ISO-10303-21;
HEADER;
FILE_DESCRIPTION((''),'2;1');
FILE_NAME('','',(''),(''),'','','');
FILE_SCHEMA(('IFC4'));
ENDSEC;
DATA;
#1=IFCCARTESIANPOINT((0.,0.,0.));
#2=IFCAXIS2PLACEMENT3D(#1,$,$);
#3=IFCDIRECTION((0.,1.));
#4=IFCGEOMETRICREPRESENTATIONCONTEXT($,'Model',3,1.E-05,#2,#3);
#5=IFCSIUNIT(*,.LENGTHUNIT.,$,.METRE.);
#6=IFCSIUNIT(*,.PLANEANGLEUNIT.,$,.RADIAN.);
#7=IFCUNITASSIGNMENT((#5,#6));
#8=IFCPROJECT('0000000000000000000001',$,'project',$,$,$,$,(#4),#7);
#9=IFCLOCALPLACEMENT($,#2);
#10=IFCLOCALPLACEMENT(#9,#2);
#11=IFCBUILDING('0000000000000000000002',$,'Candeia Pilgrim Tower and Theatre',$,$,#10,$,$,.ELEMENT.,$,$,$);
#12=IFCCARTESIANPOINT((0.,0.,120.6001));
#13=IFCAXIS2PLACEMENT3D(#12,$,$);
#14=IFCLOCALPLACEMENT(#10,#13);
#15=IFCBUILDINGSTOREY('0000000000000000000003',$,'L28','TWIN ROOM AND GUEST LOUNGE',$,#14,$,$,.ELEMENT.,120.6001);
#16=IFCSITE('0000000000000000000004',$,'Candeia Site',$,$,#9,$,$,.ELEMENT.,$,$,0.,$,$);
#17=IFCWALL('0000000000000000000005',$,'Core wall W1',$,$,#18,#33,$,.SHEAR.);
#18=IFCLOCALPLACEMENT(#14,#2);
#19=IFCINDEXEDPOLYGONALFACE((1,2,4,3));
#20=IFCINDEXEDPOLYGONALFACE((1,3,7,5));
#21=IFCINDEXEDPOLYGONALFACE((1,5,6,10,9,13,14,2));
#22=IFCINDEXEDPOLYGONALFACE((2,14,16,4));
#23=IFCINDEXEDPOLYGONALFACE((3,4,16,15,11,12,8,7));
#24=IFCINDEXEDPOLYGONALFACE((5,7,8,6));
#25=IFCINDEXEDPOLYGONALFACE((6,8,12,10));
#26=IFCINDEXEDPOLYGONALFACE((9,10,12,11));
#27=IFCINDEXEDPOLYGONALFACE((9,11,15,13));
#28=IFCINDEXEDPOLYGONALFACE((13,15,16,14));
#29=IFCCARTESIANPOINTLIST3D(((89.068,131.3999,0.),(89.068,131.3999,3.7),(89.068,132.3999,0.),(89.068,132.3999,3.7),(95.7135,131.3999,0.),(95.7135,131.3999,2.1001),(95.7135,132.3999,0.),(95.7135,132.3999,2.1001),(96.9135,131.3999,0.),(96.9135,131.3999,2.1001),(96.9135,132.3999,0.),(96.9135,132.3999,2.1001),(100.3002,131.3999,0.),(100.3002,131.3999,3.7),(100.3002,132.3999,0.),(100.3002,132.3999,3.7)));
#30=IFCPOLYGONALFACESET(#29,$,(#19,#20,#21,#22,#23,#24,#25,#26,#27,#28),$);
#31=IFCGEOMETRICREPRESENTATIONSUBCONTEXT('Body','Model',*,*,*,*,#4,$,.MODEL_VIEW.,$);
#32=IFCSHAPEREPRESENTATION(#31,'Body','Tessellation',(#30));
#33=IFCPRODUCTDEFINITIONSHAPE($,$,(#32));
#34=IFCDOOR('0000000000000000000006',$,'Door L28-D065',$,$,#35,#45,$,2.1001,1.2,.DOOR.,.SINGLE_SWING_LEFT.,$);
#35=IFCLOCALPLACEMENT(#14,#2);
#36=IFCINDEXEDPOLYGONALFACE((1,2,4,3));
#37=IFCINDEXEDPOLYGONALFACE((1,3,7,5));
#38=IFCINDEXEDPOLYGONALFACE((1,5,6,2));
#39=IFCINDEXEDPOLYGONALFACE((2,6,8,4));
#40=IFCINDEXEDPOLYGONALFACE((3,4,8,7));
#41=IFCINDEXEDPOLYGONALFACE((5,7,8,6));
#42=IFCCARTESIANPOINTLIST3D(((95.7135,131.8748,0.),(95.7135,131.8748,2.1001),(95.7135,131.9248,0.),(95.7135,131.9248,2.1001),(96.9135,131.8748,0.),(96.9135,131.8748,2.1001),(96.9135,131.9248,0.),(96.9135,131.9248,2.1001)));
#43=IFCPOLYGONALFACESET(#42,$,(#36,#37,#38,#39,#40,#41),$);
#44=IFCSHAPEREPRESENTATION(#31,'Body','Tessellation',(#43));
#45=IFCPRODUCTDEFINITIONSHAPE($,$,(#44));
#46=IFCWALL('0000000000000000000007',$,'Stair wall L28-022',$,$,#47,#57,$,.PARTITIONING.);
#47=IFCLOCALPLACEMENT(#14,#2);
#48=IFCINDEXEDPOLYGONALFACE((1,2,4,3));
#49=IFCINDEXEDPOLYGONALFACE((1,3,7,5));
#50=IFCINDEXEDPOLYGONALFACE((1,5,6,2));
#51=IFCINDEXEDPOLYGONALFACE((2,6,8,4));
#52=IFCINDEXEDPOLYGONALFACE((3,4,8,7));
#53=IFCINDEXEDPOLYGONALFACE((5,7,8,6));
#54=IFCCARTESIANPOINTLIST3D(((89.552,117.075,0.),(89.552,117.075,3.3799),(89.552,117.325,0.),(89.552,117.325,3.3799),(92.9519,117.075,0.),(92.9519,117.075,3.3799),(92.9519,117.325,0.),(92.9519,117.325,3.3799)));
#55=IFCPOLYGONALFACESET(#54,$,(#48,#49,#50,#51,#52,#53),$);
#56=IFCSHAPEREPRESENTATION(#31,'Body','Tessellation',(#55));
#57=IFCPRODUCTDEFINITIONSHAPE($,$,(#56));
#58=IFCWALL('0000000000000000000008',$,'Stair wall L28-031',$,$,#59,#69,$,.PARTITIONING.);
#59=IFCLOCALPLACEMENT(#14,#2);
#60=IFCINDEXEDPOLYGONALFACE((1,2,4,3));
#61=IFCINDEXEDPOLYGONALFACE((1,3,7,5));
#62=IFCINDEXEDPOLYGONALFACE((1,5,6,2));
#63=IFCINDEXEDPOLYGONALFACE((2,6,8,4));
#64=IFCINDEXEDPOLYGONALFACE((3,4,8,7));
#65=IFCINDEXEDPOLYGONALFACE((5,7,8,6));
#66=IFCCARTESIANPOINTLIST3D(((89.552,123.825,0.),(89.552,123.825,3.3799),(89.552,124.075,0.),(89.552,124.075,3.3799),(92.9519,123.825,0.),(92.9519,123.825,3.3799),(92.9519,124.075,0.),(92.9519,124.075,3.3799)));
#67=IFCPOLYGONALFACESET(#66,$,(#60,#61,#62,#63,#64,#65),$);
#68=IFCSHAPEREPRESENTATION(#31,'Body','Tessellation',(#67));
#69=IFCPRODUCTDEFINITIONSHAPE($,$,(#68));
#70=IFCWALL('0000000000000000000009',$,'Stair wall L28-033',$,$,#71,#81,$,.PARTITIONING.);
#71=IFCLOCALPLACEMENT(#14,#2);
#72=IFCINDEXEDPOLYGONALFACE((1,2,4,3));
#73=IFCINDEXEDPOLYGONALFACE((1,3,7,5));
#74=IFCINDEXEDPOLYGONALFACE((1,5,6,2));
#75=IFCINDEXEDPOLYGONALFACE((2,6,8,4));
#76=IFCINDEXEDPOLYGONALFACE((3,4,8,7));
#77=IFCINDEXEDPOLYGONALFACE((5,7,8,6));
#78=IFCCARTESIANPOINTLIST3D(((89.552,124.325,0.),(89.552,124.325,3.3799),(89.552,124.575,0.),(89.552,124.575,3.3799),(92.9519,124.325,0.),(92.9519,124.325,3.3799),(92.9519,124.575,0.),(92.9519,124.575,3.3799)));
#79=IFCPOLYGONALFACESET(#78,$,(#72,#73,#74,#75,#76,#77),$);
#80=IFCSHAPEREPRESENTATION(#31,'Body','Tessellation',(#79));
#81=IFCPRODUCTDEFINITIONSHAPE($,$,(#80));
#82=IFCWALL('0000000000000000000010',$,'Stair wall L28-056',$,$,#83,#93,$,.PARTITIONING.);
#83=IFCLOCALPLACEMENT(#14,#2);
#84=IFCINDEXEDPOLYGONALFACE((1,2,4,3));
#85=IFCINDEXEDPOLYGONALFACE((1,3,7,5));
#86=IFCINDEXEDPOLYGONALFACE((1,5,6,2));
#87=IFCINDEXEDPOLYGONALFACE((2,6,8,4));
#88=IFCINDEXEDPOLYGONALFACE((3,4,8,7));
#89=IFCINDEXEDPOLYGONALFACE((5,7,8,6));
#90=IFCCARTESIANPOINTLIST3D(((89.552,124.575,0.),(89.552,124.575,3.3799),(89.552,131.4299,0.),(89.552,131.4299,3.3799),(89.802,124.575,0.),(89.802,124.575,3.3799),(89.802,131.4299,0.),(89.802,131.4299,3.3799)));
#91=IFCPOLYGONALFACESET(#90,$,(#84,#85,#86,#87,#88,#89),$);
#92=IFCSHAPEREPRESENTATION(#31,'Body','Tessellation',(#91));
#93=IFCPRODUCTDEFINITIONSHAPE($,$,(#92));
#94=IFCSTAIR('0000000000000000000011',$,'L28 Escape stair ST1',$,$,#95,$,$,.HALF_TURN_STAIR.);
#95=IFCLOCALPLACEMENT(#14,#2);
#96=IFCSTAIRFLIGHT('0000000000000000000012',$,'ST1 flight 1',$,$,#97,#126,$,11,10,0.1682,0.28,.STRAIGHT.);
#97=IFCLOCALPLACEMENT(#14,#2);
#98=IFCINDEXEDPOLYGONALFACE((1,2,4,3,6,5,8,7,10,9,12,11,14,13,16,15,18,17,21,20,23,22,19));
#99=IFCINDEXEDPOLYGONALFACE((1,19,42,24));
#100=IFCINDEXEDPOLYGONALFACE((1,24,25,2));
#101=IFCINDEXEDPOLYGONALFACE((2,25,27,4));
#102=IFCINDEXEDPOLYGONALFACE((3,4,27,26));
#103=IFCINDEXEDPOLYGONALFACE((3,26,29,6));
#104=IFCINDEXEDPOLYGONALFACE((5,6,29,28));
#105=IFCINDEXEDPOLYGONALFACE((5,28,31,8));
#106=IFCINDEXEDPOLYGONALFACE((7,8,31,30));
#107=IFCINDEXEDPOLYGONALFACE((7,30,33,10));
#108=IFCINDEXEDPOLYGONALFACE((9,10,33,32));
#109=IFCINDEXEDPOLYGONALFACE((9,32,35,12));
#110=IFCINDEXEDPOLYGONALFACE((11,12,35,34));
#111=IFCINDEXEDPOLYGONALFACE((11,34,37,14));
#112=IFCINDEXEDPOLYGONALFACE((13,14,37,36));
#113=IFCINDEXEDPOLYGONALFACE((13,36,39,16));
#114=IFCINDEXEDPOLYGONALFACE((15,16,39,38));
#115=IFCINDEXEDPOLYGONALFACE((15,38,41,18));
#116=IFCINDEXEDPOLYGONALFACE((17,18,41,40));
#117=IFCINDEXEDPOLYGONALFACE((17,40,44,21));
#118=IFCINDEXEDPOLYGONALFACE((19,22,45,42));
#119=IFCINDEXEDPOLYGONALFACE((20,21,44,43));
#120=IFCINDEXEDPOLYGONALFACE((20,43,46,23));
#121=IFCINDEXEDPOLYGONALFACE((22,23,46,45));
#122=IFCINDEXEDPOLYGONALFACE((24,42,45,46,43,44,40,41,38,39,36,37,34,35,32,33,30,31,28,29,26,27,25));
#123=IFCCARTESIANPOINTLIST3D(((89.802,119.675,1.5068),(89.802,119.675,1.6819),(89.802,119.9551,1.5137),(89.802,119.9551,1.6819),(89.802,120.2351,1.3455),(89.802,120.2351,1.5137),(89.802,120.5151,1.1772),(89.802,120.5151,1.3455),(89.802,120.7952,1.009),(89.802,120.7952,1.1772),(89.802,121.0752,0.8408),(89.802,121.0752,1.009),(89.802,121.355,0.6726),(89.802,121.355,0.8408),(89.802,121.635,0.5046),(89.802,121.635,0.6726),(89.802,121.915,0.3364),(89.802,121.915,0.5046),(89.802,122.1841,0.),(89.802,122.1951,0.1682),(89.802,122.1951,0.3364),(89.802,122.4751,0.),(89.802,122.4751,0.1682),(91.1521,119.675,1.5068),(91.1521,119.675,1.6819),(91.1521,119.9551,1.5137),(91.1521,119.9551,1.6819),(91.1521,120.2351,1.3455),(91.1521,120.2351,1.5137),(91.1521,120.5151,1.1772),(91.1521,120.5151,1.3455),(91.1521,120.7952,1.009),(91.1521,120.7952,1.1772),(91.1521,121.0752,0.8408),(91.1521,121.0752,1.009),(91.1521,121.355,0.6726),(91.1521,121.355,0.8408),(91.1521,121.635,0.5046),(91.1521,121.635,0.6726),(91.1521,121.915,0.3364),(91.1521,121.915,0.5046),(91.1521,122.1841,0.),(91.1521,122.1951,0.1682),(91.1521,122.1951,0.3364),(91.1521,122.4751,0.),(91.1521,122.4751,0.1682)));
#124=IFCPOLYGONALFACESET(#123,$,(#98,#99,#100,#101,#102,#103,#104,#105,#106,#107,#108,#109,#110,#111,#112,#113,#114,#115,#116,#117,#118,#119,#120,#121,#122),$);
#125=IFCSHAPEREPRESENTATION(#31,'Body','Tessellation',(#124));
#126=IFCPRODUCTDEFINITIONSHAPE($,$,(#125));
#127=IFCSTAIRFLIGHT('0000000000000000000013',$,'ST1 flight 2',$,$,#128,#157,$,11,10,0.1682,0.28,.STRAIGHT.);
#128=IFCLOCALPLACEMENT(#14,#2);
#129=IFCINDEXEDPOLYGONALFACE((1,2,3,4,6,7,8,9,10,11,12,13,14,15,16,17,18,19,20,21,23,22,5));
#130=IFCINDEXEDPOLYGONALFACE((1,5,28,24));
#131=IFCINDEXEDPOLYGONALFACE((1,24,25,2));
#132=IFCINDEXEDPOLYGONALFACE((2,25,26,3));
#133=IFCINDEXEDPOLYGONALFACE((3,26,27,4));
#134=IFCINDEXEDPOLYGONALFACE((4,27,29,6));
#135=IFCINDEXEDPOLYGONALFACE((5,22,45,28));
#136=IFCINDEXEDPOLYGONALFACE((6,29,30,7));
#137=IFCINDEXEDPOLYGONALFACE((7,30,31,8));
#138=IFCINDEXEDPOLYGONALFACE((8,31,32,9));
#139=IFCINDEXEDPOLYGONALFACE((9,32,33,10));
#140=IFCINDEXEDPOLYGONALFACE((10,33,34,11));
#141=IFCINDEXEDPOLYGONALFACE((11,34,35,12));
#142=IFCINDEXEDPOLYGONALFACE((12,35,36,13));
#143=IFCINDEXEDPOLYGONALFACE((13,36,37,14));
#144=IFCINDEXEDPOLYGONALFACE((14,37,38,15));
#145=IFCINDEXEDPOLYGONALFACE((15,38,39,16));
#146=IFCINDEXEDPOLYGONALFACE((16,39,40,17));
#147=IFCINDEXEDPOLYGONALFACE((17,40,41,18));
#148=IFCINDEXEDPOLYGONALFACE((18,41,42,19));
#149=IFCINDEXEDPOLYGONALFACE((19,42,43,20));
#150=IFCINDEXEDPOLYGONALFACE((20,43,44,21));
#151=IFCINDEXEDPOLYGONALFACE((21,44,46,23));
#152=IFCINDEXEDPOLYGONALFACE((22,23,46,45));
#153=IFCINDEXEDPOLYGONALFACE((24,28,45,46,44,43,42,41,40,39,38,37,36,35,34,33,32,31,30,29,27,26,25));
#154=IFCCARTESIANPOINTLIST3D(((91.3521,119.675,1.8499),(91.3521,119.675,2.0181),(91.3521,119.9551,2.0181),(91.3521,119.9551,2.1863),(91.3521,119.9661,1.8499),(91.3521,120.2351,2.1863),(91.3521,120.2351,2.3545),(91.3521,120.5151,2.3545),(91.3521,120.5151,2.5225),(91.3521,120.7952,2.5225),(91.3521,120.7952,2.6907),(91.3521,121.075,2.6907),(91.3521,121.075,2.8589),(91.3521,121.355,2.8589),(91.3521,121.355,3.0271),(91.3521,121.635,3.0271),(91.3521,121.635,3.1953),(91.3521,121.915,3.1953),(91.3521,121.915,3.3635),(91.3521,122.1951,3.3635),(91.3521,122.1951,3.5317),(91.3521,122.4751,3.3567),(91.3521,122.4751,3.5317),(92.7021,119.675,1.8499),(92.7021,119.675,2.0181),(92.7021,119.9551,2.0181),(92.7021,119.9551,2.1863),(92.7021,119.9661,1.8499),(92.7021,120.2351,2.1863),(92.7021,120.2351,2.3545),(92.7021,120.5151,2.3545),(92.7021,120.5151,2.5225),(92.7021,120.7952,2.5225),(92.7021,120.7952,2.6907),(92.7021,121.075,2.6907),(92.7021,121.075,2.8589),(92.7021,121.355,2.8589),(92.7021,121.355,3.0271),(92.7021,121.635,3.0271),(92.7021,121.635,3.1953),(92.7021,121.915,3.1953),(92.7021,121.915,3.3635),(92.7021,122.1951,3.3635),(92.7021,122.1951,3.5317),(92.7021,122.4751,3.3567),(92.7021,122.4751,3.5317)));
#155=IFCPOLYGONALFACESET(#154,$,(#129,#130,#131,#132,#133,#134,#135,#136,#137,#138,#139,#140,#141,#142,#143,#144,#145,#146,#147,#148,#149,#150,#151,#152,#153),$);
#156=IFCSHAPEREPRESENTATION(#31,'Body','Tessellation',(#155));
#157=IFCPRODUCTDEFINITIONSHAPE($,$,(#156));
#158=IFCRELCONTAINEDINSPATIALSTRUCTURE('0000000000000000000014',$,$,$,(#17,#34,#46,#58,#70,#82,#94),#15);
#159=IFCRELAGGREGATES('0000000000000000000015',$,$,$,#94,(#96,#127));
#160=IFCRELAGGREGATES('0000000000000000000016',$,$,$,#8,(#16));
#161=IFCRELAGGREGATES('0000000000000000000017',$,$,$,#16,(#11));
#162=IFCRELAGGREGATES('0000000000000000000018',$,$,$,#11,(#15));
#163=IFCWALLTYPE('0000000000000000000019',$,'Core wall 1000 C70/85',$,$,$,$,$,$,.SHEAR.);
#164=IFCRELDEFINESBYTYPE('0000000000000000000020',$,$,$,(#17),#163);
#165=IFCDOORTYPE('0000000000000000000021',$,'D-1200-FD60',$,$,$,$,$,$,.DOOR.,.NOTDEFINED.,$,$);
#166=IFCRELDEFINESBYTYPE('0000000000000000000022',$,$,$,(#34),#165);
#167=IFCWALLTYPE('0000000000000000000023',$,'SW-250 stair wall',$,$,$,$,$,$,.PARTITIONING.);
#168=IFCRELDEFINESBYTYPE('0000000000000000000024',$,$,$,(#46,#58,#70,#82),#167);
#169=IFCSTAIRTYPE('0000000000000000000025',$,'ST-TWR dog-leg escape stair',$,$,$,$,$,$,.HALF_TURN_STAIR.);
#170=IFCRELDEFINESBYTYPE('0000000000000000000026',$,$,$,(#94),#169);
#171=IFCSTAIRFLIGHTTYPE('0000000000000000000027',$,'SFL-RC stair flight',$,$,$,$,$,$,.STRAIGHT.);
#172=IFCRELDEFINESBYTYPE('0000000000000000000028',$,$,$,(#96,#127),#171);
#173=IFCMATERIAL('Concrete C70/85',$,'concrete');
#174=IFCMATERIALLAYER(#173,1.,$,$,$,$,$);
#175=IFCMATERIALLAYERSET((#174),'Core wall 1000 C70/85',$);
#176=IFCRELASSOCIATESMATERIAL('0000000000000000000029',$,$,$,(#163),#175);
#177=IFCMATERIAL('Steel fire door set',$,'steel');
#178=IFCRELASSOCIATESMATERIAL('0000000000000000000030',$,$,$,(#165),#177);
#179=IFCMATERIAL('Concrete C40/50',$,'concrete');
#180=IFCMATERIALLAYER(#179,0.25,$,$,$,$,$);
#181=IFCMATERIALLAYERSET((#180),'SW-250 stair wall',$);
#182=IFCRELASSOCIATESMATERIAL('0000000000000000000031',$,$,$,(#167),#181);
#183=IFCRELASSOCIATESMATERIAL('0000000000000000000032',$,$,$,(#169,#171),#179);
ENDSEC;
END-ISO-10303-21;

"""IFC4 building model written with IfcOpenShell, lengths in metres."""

from ifc_helpers import new_model, si_unit, direction, frame, frame_2d, origin, place, context, subcontext, project, spatial, polyline, rectangle, outline, extrude, material, layer, layer_set, type_object, element, fill, aggregate, save


model = new_model("IFC4")

# Units and contexts
model_context = context("Model", 3, precision=1e-05, world=origin(), true_north=direction((0.0, 1.0)))
body_context = subcontext(model_context, "Body", "Model", "MODEL_VIEW")
ifc_project = project(units=[si_unit("LENGTHUNIT", "METRE"), si_unit("PLANEANGLEUNIT", "RADIAN")], contexts=[model_context])

# Site, building, storey
site_placement = place(None, origin())
site = spatial("IfcSite", under=ifc_project, at=site_placement, Name="Candeia Site", CompositionType="ELEMENT", RefElevation=0.0)
building_placement = place(site_placement, origin())
building = spatial("IfcBuilding", under=site, at=building_placement, Name="Candeia Pilgrim Tower and Theatre", CompositionType="ELEMENT")
storey_placement = place(building_placement, frame((0.0, 0.0, 120.6001)))
storey = spatial("IfcBuildingStorey", under=building, at=storey_placement, Name="L28", Description="TWIN ROOM AND GUEST LOUNGE", CompositionType="ELEMENT", Elevation=120.6001)

# Wall, opening, door
ifc_material_1 = material(Name="Concrete C70/85", Category="concrete")
ifc_layer_1 = layer(ifc_material_1, 1.0)
ifc_layer_set_1 = layer_set([ifc_layer_1], Name="Core wall 1000 C70/85")
wall_type_1 = type_object("IfcWallType", Name="Core wall 1000 C70/85", PredefinedType="SHEAR", material=ifc_layer_set_1)
wall_1_placement = place(storey_placement, frame((89.0679, 131.8999, 0.0), z_axis=(0.0, 0.0, 1.0), x_axis=(1.0, 0.0, 0.0)))
wall_1 = element("IfcWall", 1, at=wall_1_placement, inside=storey, type_object=wall_type_1, Name="Core wall W1", PredefinedType="SHEAR", context=body_context, shape_type="SweptSolid", body=[
    extrude(rectangle(XDim=11.2322, YDim=1.0, at=frame_2d((5.6162, 0.0))), origin(), (0.0, 0.0, 1.0), 3.7),
])
opening_placement = place(wall_1_placement, frame((6.6455, 0.0, 0.0)))
opening = element("IfcOpeningElement", 2, at=opening_placement, cuts=wall_1, PredefinedType="OPENING", context=body_context, shape_type="SweptSolid", body=[
    extrude(rectangle(XDim=1.2, YDim=2.1001, at=frame_2d((0.6001, 1.05))), frame((0.0, 0.51, 0.0), z_axis=(0.0, -1.0, 0.0), x_axis=(1.0, 0.0, 0.0)), (0.0, 0.0, 1.0), 1.02),
])
ifc_material_2 = material(Name="Steel fire door set", Category="steel")
door_type = type_object("IfcDoorType", Name="D-1200-FD60", OperationType="NOTDEFINED", PredefinedType="DOOR", material=ifc_material_2)
door_placement = place(opening_placement, origin())
door = element("IfcDoor", 3, at=door_placement, inside=storey, type_object=door_type, Name="Door L28-D065", OperationType="SINGLE_SWING_LEFT", OverallHeight=2.1001, OverallWidth=1.2, PredefinedType="DOOR", context=body_context, shape_type="SweptSolid", body=[
    extrude(rectangle(XDim=1.2, YDim=2.1001, at=frame_2d((0.6001, 1.05))), frame((0.0, 0.0249, 0.0), z_axis=(0.0, -1.0, 0.0), x_axis=(1.0, 0.0, 0.0)), (0.0, 0.0, 1.0), 0.05),
])
fill(opening, door)

# Walls
ifc_material_3 = material(Name="Concrete C40/50", Category="concrete")
ifc_layer_2 = layer(ifc_material_3, 0.25)
ifc_layer_set_2 = layer_set([ifc_layer_2], Name="SW-250 stair wall")
wall_type_2 = type_object("IfcWallType", Name="SW-250 stair wall", PredefinedType="PARTITIONING", material=ifc_layer_set_2)
for number, where, z_axis, x_axis, name in (
    (4, (89.552, 117.2, 0.0), (0.0, 0.0, 1.0), (1.0, 0.0, 0.0), "Stair wall L28-022"),
    (5, (89.552, 123.95, 0.0), (0.0, 0.0, 1.0), (1.0, 0.0, 0.0), "Stair wall L28-031"),
    (6, (89.552, 124.45, 0.0), (0.0, 0.0, 1.0), (1.0, 0.0, 0.0), "Stair wall L28-033"),
):
    element("IfcWall", number, at=place(storey_placement, frame(where, z_axis=z_axis, x_axis=x_axis)), inside=storey, type_object=wall_type_2, Name=name, PredefinedType="PARTITIONING", context=body_context, shape_type="SweptSolid", body=[
        extrude(rectangle(XDim=3.3999, YDim=0.25, at=frame_2d((1.7, 0.0))), origin(), (0.0, 0.0, 1.0), 3.3799),
    ])
wall_2_placement = place(storey_placement, frame((89.677, 124.575, 0.0), z_axis=(0.0, 0.0, 1.0), x_axis=(0.0, 1.0, 0.0)))
element("IfcWall", 7, at=wall_2_placement, inside=storey, type_object=wall_type_2, Name="Stair wall L28-056", PredefinedType="PARTITIONING", context=body_context, shape_type="SweptSolid", body=[
    extrude(rectangle(XDim=6.855, YDim=0.25, at=frame_2d((3.4275, 0.0))), origin(), (0.0, 0.0, 1.0), 3.3799),
])

# Stair, stair flights
stair_type = type_object("IfcStairType", Name="ST-TWR dog-leg escape stair", PredefinedType="HALF_TURN_STAIR", material=ifc_material_3)
stair_1_placement = place(storey_placement, origin())
stair_1 = element("IfcStair", 8, at=stair_1_placement, inside=storey, type_object=stair_type, Name="L28 Escape stair ST1", PredefinedType="HALF_TURN_STAIR")
stair_flight_type = type_object("IfcStairFlightType", Name="SFL-RC stair flight", PredefinedType="STRAIGHT", material=ifc_material_3)
stair_flight_1_placement = place(storey_placement, frame((90.4771, 122.4751, 0.0), z_axis=(0.0, 0.0, 1.0), x_axis=(0.0, -1.0, 0.0)))
stair_flight_1 = element("IfcStairFlight", 9, at=stair_flight_1_placement, type_object=stair_flight_type, Name="ST1 flight 1", NumberOfRisers=11, NumberOfTreads=10, PredefinedType="STRAIGHT", RiserHeight=0.1682, TreadLength=0.28, context=body_context, shape_type="SweptSolid", body=[
    extrude(outline(polyline([(0.0, 0.0), (0.0, 0.1682), (0.28, 0.1682), (0.28, 0.3364), (0.5601, 0.3364), (0.5601, 0.5046), (0.8401, 0.5046), (0.8401, 0.6726), (1.1201, 0.6726), (1.1201, 0.8408), (1.3999, 0.8408), (1.3999, 1.009), (1.6799, 1.009), (1.6799, 1.1772), (1.96, 1.1772), (1.96, 1.3455), (2.24, 1.3455), (2.24, 1.5137), (2.52, 1.5137), (2.52, 1.6819), (2.8, 1.6819), (2.8, 1.8501), (2.8, 1.5068), (0.291, 0.0), (0.0, 0.0)])), frame((0.0, 0.675, 0.0), z_axis=(0.0, -1.0, 0.0), x_axis=(1.0, 0.0, 0.0)), (0.0, 0.0, 1.0), 1.3501),
])
stair_flight_2_placement = place(storey_placement, frame((92.0271, 119.675, 1.8499), z_axis=(0.0, 0.0, 1.0), x_axis=(0.0, 1.0, 0.0)))
stair_flight_2 = element("IfcStairFlight", 10, at=stair_flight_2_placement, type_object=stair_flight_type, Name="ST1 flight 2", NumberOfRisers=11, NumberOfTreads=10, PredefinedType="STRAIGHT", RiserHeight=0.1682, TreadLength=0.28, context=body_context, shape_type="SweptSolid", body=[
    extrude(outline(polyline([(0.0, 0.0), (0.0, 0.1682), (0.28, 0.1682), (0.28, 0.3364), (0.5601, 0.3364), (0.5601, 0.5046), (0.8401, 0.5046), (0.8401, 0.6726), (1.1201, 0.6726), (1.1201, 0.8408), (1.3999, 0.8408), (1.3999, 1.009), (1.6799, 1.009), (1.6799, 1.1772), (1.96, 1.1772), (1.96, 1.3455), (2.24, 1.3455), (2.24, 1.5137), (2.52, 1.5137), (2.52, 1.6819), (2.8, 1.6819), (2.8, 1.8501), (2.8, 1.5068), (0.291, 0.0), (0.0, 0.0)])), frame((0.0, 0.675, 0.0), z_axis=(0.0, -1.0, 0.0), x_axis=(1.0, 0.0, 0.0)), (0.0, 0.0, 1.0), 1.3501),
])
aggregate(stair_1, [stair_flight_1, stair_flight_2])

save(model, "model.ifc")
